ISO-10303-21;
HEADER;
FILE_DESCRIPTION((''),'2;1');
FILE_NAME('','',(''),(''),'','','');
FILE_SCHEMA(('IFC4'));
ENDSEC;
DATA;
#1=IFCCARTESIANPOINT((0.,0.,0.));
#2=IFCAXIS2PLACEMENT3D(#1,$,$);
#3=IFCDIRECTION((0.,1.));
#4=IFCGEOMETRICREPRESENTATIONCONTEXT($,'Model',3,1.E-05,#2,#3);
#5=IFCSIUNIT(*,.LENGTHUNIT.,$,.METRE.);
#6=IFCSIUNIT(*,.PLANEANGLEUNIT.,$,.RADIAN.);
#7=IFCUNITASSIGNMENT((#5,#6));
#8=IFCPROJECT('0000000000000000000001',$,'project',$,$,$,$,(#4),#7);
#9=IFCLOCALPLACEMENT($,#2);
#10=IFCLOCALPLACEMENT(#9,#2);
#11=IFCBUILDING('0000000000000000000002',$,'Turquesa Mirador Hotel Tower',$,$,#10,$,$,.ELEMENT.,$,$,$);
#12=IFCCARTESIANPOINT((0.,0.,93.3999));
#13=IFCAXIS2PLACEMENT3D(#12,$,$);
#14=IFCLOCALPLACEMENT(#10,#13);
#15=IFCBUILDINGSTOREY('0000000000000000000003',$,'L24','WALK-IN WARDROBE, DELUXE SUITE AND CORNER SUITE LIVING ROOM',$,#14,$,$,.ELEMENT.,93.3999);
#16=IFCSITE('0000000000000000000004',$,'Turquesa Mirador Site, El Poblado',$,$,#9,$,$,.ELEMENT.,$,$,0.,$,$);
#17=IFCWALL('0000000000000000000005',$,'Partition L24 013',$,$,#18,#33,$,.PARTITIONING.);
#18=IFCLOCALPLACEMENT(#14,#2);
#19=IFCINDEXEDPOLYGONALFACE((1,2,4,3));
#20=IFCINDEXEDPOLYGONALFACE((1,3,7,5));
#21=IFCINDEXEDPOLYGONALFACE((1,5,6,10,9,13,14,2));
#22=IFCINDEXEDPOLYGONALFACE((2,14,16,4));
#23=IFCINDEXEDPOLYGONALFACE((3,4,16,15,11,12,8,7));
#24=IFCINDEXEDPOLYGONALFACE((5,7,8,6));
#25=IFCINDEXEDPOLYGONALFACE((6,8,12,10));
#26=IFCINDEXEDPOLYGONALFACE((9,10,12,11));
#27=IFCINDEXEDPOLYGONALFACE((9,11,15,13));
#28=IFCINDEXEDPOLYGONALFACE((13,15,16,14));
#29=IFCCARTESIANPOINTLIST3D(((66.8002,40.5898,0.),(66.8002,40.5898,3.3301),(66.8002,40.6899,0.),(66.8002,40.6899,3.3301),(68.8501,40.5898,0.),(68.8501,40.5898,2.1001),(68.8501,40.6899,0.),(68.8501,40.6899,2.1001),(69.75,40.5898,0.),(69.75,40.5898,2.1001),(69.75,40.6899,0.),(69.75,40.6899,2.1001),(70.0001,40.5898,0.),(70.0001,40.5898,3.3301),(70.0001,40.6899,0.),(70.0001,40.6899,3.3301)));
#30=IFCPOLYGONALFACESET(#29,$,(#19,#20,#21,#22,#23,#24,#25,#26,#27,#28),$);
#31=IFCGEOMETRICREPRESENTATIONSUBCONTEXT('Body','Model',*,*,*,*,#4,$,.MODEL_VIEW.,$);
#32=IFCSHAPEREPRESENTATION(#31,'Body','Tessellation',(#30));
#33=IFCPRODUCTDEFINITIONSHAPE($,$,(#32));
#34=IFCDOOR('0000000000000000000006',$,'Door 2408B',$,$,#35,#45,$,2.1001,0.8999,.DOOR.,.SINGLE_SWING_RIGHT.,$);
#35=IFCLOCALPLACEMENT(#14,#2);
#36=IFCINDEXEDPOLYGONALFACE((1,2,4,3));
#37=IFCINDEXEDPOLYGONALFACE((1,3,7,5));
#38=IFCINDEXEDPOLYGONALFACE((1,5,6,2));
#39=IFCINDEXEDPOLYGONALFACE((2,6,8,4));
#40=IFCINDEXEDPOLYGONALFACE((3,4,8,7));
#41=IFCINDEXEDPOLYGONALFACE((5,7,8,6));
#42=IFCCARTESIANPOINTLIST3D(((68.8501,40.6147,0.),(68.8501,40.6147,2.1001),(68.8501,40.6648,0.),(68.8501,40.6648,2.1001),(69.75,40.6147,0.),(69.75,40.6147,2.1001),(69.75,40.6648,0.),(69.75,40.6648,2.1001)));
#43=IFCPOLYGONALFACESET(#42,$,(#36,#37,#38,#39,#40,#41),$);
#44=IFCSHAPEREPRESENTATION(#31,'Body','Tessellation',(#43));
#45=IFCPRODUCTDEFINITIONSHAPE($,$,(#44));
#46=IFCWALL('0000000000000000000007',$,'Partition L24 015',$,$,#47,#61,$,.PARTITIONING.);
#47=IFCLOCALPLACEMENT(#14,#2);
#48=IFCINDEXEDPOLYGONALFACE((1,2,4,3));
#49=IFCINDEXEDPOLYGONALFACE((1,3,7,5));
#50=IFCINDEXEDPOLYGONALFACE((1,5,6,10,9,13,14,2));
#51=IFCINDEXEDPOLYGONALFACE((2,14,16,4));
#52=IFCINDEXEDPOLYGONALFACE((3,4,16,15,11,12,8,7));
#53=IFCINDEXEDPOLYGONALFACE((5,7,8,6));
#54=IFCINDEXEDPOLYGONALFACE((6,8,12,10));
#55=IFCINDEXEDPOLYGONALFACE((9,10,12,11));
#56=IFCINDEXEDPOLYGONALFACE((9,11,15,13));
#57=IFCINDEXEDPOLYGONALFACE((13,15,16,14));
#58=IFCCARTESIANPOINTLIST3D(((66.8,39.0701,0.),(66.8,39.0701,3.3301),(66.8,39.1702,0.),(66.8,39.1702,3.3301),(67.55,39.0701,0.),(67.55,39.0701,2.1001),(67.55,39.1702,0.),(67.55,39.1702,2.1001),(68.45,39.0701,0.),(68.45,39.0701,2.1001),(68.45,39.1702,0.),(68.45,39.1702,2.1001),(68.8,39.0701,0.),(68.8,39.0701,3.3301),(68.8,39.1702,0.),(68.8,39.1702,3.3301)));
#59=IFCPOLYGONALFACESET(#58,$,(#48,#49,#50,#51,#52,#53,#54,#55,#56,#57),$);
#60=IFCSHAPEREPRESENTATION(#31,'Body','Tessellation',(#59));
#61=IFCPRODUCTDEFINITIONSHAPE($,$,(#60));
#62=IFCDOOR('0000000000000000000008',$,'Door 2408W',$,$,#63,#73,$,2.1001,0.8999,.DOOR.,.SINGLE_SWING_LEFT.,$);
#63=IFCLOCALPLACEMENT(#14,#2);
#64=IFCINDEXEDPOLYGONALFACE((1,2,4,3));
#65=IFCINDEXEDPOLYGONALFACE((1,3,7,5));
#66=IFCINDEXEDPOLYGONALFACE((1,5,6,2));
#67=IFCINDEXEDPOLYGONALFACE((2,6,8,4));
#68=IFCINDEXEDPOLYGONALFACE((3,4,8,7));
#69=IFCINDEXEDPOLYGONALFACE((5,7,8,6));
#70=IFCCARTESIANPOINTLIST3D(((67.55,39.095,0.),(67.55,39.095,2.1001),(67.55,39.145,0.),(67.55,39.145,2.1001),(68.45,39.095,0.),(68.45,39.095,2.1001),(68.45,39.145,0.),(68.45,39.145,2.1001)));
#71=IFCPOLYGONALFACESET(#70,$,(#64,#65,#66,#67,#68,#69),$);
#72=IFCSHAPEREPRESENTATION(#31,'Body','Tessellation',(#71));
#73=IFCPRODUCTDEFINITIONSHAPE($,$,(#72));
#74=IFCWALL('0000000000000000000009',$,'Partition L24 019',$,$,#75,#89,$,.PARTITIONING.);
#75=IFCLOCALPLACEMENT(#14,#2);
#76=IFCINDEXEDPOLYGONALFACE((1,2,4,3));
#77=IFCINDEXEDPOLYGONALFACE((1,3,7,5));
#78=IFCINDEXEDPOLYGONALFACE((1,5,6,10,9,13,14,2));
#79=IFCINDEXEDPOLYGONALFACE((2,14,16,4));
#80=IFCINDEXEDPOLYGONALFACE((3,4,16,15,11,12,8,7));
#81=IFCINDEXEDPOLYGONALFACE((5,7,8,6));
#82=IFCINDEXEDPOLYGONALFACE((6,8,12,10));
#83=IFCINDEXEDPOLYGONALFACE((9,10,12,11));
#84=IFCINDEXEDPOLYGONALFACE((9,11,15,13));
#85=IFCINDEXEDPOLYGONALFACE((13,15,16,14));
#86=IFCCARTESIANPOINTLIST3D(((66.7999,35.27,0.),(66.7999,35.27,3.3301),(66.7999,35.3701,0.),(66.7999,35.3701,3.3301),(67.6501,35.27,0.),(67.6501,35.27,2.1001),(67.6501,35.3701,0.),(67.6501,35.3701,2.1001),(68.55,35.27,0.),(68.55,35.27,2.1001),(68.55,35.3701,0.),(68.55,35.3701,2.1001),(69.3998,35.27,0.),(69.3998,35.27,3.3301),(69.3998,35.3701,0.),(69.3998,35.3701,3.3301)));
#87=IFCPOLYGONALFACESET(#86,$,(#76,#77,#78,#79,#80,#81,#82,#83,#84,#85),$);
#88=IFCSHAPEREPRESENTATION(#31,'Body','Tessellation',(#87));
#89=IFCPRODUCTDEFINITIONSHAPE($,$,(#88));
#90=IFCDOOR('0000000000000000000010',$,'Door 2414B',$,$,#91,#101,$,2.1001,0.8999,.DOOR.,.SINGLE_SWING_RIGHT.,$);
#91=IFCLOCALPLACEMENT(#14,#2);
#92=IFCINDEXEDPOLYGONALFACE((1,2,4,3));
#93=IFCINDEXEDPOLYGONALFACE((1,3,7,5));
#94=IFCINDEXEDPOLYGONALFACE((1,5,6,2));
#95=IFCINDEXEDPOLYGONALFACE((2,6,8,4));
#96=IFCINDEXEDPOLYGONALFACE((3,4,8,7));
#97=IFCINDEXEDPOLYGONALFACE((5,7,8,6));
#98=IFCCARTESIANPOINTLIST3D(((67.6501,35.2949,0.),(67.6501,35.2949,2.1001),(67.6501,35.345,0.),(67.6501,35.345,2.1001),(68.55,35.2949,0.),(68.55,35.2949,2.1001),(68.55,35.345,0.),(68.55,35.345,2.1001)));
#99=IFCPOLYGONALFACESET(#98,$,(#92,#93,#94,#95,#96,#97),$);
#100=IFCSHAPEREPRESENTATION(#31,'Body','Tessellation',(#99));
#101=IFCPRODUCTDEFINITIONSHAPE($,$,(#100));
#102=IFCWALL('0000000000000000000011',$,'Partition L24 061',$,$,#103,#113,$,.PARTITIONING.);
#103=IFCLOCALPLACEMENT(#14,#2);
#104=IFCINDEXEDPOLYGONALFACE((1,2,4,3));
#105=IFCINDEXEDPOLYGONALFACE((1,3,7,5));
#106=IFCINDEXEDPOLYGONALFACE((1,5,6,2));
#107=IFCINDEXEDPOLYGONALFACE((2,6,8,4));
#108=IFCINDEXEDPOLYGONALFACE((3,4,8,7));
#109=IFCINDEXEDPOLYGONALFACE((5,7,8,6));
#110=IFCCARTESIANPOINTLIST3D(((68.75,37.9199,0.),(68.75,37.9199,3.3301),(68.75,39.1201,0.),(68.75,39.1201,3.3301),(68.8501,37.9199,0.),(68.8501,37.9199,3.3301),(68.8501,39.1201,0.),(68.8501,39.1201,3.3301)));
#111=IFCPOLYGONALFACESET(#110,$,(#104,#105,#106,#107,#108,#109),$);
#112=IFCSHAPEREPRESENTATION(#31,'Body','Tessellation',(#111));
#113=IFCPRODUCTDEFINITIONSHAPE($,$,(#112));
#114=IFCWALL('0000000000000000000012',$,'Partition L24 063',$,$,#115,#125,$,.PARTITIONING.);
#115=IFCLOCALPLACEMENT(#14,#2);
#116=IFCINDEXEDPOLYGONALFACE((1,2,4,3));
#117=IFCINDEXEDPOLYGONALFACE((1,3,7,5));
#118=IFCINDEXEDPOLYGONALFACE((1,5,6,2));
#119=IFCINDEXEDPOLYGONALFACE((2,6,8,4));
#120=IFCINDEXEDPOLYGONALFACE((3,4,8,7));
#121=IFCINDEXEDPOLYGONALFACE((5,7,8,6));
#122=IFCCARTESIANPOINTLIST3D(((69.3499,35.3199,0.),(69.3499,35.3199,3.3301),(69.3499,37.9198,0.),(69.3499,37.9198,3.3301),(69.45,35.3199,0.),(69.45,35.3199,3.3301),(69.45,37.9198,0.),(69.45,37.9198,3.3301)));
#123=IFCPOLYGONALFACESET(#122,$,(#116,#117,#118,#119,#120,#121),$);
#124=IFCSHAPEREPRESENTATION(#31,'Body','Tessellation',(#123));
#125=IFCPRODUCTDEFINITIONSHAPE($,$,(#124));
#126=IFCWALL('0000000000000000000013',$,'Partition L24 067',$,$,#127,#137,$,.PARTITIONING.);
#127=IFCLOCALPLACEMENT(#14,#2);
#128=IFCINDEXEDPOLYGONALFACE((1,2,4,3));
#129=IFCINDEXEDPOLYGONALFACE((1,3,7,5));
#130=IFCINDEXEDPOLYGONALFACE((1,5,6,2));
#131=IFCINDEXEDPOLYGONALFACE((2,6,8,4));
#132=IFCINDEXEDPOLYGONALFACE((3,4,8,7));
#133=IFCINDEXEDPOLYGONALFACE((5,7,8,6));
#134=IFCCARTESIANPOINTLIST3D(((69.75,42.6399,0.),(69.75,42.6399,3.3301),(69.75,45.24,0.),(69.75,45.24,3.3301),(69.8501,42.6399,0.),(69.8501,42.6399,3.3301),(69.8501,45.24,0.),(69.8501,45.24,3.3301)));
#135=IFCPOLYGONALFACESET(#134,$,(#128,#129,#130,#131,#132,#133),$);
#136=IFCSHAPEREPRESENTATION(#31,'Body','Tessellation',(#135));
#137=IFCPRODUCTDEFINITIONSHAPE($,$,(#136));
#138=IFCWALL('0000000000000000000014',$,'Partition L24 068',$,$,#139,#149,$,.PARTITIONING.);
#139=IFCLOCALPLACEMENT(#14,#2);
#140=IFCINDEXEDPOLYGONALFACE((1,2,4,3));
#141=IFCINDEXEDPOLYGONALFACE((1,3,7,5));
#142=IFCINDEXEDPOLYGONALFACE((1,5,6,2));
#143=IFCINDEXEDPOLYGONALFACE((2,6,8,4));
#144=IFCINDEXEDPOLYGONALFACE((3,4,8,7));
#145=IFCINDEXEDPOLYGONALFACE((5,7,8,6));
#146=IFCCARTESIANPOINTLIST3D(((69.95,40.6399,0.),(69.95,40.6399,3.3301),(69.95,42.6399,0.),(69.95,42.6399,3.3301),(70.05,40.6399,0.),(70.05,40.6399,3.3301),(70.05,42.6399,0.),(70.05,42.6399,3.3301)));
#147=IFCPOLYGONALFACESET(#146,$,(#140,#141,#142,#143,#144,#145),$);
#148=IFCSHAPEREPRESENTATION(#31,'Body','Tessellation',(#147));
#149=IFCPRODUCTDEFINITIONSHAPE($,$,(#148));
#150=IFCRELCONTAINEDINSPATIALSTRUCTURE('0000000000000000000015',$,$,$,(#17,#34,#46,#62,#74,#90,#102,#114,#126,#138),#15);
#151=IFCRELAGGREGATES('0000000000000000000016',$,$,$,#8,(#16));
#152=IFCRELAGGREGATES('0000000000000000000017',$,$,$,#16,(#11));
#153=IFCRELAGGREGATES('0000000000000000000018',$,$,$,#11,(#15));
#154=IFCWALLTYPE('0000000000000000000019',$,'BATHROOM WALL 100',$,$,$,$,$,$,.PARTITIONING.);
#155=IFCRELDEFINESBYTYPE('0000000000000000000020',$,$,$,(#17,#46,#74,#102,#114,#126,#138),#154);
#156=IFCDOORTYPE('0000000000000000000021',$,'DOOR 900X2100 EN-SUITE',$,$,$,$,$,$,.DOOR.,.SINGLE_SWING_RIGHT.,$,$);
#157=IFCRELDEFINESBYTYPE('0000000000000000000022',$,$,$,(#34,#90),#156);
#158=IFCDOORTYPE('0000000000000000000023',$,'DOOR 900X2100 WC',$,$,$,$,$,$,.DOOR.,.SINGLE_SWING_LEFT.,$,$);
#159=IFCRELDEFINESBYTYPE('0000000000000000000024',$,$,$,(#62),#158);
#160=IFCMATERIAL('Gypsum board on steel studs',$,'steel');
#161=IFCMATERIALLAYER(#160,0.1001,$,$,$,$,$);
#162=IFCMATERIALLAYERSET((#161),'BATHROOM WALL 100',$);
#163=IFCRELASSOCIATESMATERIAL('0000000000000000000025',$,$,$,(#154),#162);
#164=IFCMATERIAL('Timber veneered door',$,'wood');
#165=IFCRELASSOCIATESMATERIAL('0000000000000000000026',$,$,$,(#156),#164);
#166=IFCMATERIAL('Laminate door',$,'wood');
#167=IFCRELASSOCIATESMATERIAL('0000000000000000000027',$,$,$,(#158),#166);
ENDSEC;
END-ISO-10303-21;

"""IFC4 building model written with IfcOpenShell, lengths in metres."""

from ifc_helpers import new_model, si_unit, direction, frame, frame_2d, origin, place, context, subcontext, project, spatial, rectangle, extrude, material, layer, layer_set, type_object, element, fill, save


model = new_model("IFC4")

# Units and contexts
model_context = context("Model", 3, precision=1e-05, world=origin(), true_north=direction((0.0, 1.0)))
body_context = subcontext(model_context, "Body", "Model", "MODEL_VIEW")
ifc_project = project(units=[si_unit("LENGTHUNIT", "METRE"), si_unit("PLANEANGLEUNIT", "RADIAN")], contexts=[model_context])

# Site, building, storey
site_placement = place(None, origin())
site = spatial("IfcSite", under=ifc_project, at=site_placement, Name="Turquesa Mirador Site, El Poblado", CompositionType="ELEMENT", RefElevation=0.0)
building_placement = place(site_placement, origin())
building = spatial("IfcBuilding", under=site, at=building_placement, Name="Turquesa Mirador Hotel Tower", CompositionType="ELEMENT")
storey_placement = place(building_placement, frame((0.0, 0.0, 93.3999)))
storey = spatial("IfcBuildingStorey", under=building, at=storey_placement, Name="L24", Description="WALK-IN WARDROBE, DELUXE SUITE AND CORNER SUITE LIVING ROOM", CompositionType="ELEMENT", Elevation=93.3999)

# Walls, openings, doors
ifc_material_1 = material(Name="Gypsum board on steel studs", Category="steel")
ifc_layer_1 = layer(ifc_material_1, 0.1001)
ifc_layer_set_1 = layer_set([ifc_layer_1], Name="BATHROOM WALL 100")
wall_type_1 = type_object("IfcWallType", Name="BATHROOM WALL 100", PredefinedType="PARTITIONING", material=ifc_layer_set_1)
wall_1_placement = place(storey_placement, frame((66.8, 40.6399, 0.0), z_axis=(0.0, 0.0, 1.0), x_axis=(1.0, 0.0, 0.0)))
wall_1 = element("IfcWall", 1, at=wall_1_placement, inside=storey, type_object=wall_type_1, Name="Partition L24 013", PredefinedType="PARTITIONING", context=body_context, shape_type="SweptSolid", body=[
    extrude(rectangle(XDim=3.2, YDim=0.1001, at=frame_2d((1.6001, 0.0))), origin(), (0.0, 0.0, 1.0), 3.3301),
])
opening_1_placement = place(wall_1_placement, frame((2.05, 0.0, 0.0)))
opening_1 = element("IfcOpeningElement", 2, at=opening_1_placement, cuts=wall_1, PredefinedType="OPENING", context=body_context, shape_type="SweptSolid", body=[
    extrude(rectangle(XDim=0.8999, YDim=2.1001, at=frame_2d((0.45, 1.05))), frame((0.0, 0.0601, 0.0), z_axis=(0.0, -1.0, 0.0), x_axis=(1.0, 0.0, 0.0)), (0.0, 0.0, 1.0), 0.1201),
])
ifc_material_2 = material(Name="Timber veneered door", Category="wood")
door_type_1 = type_object("IfcDoorType", Name="DOOR 900X2100 EN-SUITE", OperationType="SINGLE_SWING_RIGHT", PredefinedType="DOOR", material=ifc_material_2)
door_1_placement = place(opening_1_placement, origin())
door_1 = element("IfcDoor", 3, at=door_1_placement, inside=storey, type_object=door_type_1, Name="Door 2408B", OperationType="SINGLE_SWING_RIGHT", OverallHeight=2.1001, OverallWidth=0.8999, PredefinedType="DOOR", context=body_context, shape_type="SweptSolid", body=[
    extrude(rectangle(XDim=0.8999, YDim=2.1001, at=frame_2d((0.45, 1.05))), frame((0.0, 0.0249, 0.0), z_axis=(0.0, -1.0, 0.0), x_axis=(1.0, 0.0, 0.0)), (0.0, 0.0, 1.0), 0.05),
])
fill(opening_1, door_1)
wall_2_placement = place(storey_placement, frame((66.8, 39.1201, 0.0), z_axis=(0.0, 0.0, 1.0), x_axis=(1.0, 0.0, 0.0)))
wall_2 = element("IfcWall", 4, at=wall_2_placement, inside=storey, type_object=wall_type_1, Name="Partition L24 015", PredefinedType="PARTITIONING", context=body_context, shape_type="SweptSolid", body=[
    extrude(rectangle(XDim=2.0, YDim=0.1001, at=frame_2d((1.0, 0.0))), origin(), (0.0, 0.0, 1.0), 3.3301),
])
opening_2_placement = place(wall_2_placement, frame((0.75, 0.0, 0.0)))
opening_2 = element("IfcOpeningElement", 5, at=opening_2_placement, cuts=wall_2, PredefinedType="OPENING", context=body_context, shape_type="SweptSolid", body=[
    extrude(rectangle(XDim=0.8999, YDim=2.1001, at=frame_2d((0.45, 1.05))), frame((0.0, 0.0601, 0.0), z_axis=(0.0, -1.0, 0.0), x_axis=(1.0, 0.0, 0.0)), (0.0, 0.0, 1.0), 0.1201),
])
ifc_material_3 = material(Name="Laminate door", Category="wood")
door_type_2 = type_object("IfcDoorType", Name="DOOR 900X2100 WC", OperationType="SINGLE_SWING_LEFT", PredefinedType="DOOR", material=ifc_material_3)
door_2_placement = place(opening_2_placement, origin())
door_2 = element("IfcDoor", 6, at=door_2_placement, inside=storey, type_object=door_type_2, Name="Door 2408W", OperationType="SINGLE_SWING_LEFT", OverallHeight=2.1001, OverallWidth=0.8999, PredefinedType="DOOR", context=body_context, shape_type="SweptSolid", body=[
    extrude(rectangle(XDim=0.8999, YDim=2.1001, at=frame_2d((0.45, 1.05))), frame((0.0, 0.0249, 0.0), z_axis=(0.0, -1.0, 0.0), x_axis=(1.0, 0.0, 0.0)), (0.0, 0.0, 1.0), 0.05),
])
fill(opening_2, door_2)
wall_3_placement = place(storey_placement, frame((66.8, 35.3201, 0.0), z_axis=(0.0, 0.0, 1.0), x_axis=(1.0, 0.0, 0.0)))
wall_3 = element("IfcWall", 7, at=wall_3_placement, inside=storey, type_object=wall_type_1, Name="Partition L24 019", PredefinedType="PARTITIONING", context=body_context, shape_type="SweptSolid", body=[
    extrude(rectangle(XDim=2.5999, YDim=0.1001, at=frame_2d((1.2998, 0.0))), origin(), (0.0, 0.0, 1.0), 3.3301),
])
opening_3_placement = place(wall_3_placement, frame((0.8501, 0.0, 0.0)))
opening_3 = element("IfcOpeningElement", 8, at=opening_3_placement, cuts=wall_3, PredefinedType="OPENING", context=body_context, shape_type="SweptSolid", body=[
    extrude(rectangle(XDim=0.8999, YDim=2.1001, at=frame_2d((0.45, 1.05))), frame((0.0, 0.0601, 0.0), z_axis=(0.0, -1.0, 0.0), x_axis=(1.0, 0.0, 0.0)), (0.0, 0.0, 1.0), 0.1201),
])
door_3_placement = place(opening_3_placement, origin())
door_3 = element("IfcDoor", 9, at=door_3_placement, inside=storey, type_object=door_type_1, Name="Door 2414B", OperationType="SINGLE_SWING_RIGHT", OverallHeight=2.1001, OverallWidth=0.8999, PredefinedType="DOOR", context=body_context, shape_type="SweptSolid", body=[
    extrude(rectangle(XDim=0.8999, YDim=2.1001, at=frame_2d((0.45, 1.05))), frame((0.0, 0.0249, 0.0), z_axis=(0.0, -1.0, 0.0), x_axis=(1.0, 0.0, 0.0)), (0.0, 0.0, 1.0), 0.05),
])
fill(opening_3, door_3)

# Walls
wall_4_placement = place(storey_placement, frame((68.8, 37.9199, 0.0), z_axis=(0.0, 0.0, 1.0), x_axis=(0.0, 1.0, 0.0)))
element("IfcWall", 10, at=wall_4_placement, inside=storey, type_object=wall_type_1, Name="Partition L24 061", PredefinedType="PARTITIONING", context=body_context, shape_type="SweptSolid", body=[
    extrude(rectangle(XDim=1.2002, YDim=0.1001, at=frame_2d((0.6001, 0.0))), origin(), (0.0, 0.0, 1.0), 3.3301),
])
wall_5_placement = place(storey_placement, frame((69.3999, 35.3201, 0.0), z_axis=(0.0, 0.0, 1.0), x_axis=(0.0, 1.0, 0.0)))
element("IfcWall", 11, at=wall_5_placement, inside=storey, type_object=wall_type_1, Name="Partition L24 063", PredefinedType="PARTITIONING", context=body_context, shape_type="SweptSolid", body=[
    extrude(rectangle(XDim=2.5999, YDim=0.1001, at=frame_2d((1.2998, 0.0))), origin(), (0.0, 0.0, 1.0), 3.3301),
])
wall_6_placement = place(storey_placement, frame((69.8, 42.6399, 0.0), z_axis=(0.0, 0.0, 1.0), x_axis=(0.0, 1.0, 0.0)))
element("IfcWall", 12, at=wall_6_placement, inside=storey, type_object=wall_type_1, Name="Partition L24 067", PredefinedType="PARTITIONING", context=body_context, shape_type="SweptSolid", body=[
    extrude(rectangle(XDim=2.6001, YDim=0.1001, at=frame_2d((1.3, 0.0))), origin(), (0.0, 0.0, 1.0), 3.3301),
])
wall_7_placement = place(storey_placement, frame((70.0, 40.6399, 0.0), z_axis=(0.0, 0.0, 1.0), x_axis=(0.0, 1.0, 0.0)))
element("IfcWall", 13, at=wall_7_placement, inside=storey, type_object=wall_type_1, Name="Partition L24 068", PredefinedType="PARTITIONING", context=body_context, shape_type="SweptSolid", body=[
    extrude(rectangle(XDim=2.0, YDim=0.1001, at=frame_2d((1.0, 0.0))), origin(), (0.0, 0.0, 1.0), 3.3301),
])

save(model, "model.ifc")
